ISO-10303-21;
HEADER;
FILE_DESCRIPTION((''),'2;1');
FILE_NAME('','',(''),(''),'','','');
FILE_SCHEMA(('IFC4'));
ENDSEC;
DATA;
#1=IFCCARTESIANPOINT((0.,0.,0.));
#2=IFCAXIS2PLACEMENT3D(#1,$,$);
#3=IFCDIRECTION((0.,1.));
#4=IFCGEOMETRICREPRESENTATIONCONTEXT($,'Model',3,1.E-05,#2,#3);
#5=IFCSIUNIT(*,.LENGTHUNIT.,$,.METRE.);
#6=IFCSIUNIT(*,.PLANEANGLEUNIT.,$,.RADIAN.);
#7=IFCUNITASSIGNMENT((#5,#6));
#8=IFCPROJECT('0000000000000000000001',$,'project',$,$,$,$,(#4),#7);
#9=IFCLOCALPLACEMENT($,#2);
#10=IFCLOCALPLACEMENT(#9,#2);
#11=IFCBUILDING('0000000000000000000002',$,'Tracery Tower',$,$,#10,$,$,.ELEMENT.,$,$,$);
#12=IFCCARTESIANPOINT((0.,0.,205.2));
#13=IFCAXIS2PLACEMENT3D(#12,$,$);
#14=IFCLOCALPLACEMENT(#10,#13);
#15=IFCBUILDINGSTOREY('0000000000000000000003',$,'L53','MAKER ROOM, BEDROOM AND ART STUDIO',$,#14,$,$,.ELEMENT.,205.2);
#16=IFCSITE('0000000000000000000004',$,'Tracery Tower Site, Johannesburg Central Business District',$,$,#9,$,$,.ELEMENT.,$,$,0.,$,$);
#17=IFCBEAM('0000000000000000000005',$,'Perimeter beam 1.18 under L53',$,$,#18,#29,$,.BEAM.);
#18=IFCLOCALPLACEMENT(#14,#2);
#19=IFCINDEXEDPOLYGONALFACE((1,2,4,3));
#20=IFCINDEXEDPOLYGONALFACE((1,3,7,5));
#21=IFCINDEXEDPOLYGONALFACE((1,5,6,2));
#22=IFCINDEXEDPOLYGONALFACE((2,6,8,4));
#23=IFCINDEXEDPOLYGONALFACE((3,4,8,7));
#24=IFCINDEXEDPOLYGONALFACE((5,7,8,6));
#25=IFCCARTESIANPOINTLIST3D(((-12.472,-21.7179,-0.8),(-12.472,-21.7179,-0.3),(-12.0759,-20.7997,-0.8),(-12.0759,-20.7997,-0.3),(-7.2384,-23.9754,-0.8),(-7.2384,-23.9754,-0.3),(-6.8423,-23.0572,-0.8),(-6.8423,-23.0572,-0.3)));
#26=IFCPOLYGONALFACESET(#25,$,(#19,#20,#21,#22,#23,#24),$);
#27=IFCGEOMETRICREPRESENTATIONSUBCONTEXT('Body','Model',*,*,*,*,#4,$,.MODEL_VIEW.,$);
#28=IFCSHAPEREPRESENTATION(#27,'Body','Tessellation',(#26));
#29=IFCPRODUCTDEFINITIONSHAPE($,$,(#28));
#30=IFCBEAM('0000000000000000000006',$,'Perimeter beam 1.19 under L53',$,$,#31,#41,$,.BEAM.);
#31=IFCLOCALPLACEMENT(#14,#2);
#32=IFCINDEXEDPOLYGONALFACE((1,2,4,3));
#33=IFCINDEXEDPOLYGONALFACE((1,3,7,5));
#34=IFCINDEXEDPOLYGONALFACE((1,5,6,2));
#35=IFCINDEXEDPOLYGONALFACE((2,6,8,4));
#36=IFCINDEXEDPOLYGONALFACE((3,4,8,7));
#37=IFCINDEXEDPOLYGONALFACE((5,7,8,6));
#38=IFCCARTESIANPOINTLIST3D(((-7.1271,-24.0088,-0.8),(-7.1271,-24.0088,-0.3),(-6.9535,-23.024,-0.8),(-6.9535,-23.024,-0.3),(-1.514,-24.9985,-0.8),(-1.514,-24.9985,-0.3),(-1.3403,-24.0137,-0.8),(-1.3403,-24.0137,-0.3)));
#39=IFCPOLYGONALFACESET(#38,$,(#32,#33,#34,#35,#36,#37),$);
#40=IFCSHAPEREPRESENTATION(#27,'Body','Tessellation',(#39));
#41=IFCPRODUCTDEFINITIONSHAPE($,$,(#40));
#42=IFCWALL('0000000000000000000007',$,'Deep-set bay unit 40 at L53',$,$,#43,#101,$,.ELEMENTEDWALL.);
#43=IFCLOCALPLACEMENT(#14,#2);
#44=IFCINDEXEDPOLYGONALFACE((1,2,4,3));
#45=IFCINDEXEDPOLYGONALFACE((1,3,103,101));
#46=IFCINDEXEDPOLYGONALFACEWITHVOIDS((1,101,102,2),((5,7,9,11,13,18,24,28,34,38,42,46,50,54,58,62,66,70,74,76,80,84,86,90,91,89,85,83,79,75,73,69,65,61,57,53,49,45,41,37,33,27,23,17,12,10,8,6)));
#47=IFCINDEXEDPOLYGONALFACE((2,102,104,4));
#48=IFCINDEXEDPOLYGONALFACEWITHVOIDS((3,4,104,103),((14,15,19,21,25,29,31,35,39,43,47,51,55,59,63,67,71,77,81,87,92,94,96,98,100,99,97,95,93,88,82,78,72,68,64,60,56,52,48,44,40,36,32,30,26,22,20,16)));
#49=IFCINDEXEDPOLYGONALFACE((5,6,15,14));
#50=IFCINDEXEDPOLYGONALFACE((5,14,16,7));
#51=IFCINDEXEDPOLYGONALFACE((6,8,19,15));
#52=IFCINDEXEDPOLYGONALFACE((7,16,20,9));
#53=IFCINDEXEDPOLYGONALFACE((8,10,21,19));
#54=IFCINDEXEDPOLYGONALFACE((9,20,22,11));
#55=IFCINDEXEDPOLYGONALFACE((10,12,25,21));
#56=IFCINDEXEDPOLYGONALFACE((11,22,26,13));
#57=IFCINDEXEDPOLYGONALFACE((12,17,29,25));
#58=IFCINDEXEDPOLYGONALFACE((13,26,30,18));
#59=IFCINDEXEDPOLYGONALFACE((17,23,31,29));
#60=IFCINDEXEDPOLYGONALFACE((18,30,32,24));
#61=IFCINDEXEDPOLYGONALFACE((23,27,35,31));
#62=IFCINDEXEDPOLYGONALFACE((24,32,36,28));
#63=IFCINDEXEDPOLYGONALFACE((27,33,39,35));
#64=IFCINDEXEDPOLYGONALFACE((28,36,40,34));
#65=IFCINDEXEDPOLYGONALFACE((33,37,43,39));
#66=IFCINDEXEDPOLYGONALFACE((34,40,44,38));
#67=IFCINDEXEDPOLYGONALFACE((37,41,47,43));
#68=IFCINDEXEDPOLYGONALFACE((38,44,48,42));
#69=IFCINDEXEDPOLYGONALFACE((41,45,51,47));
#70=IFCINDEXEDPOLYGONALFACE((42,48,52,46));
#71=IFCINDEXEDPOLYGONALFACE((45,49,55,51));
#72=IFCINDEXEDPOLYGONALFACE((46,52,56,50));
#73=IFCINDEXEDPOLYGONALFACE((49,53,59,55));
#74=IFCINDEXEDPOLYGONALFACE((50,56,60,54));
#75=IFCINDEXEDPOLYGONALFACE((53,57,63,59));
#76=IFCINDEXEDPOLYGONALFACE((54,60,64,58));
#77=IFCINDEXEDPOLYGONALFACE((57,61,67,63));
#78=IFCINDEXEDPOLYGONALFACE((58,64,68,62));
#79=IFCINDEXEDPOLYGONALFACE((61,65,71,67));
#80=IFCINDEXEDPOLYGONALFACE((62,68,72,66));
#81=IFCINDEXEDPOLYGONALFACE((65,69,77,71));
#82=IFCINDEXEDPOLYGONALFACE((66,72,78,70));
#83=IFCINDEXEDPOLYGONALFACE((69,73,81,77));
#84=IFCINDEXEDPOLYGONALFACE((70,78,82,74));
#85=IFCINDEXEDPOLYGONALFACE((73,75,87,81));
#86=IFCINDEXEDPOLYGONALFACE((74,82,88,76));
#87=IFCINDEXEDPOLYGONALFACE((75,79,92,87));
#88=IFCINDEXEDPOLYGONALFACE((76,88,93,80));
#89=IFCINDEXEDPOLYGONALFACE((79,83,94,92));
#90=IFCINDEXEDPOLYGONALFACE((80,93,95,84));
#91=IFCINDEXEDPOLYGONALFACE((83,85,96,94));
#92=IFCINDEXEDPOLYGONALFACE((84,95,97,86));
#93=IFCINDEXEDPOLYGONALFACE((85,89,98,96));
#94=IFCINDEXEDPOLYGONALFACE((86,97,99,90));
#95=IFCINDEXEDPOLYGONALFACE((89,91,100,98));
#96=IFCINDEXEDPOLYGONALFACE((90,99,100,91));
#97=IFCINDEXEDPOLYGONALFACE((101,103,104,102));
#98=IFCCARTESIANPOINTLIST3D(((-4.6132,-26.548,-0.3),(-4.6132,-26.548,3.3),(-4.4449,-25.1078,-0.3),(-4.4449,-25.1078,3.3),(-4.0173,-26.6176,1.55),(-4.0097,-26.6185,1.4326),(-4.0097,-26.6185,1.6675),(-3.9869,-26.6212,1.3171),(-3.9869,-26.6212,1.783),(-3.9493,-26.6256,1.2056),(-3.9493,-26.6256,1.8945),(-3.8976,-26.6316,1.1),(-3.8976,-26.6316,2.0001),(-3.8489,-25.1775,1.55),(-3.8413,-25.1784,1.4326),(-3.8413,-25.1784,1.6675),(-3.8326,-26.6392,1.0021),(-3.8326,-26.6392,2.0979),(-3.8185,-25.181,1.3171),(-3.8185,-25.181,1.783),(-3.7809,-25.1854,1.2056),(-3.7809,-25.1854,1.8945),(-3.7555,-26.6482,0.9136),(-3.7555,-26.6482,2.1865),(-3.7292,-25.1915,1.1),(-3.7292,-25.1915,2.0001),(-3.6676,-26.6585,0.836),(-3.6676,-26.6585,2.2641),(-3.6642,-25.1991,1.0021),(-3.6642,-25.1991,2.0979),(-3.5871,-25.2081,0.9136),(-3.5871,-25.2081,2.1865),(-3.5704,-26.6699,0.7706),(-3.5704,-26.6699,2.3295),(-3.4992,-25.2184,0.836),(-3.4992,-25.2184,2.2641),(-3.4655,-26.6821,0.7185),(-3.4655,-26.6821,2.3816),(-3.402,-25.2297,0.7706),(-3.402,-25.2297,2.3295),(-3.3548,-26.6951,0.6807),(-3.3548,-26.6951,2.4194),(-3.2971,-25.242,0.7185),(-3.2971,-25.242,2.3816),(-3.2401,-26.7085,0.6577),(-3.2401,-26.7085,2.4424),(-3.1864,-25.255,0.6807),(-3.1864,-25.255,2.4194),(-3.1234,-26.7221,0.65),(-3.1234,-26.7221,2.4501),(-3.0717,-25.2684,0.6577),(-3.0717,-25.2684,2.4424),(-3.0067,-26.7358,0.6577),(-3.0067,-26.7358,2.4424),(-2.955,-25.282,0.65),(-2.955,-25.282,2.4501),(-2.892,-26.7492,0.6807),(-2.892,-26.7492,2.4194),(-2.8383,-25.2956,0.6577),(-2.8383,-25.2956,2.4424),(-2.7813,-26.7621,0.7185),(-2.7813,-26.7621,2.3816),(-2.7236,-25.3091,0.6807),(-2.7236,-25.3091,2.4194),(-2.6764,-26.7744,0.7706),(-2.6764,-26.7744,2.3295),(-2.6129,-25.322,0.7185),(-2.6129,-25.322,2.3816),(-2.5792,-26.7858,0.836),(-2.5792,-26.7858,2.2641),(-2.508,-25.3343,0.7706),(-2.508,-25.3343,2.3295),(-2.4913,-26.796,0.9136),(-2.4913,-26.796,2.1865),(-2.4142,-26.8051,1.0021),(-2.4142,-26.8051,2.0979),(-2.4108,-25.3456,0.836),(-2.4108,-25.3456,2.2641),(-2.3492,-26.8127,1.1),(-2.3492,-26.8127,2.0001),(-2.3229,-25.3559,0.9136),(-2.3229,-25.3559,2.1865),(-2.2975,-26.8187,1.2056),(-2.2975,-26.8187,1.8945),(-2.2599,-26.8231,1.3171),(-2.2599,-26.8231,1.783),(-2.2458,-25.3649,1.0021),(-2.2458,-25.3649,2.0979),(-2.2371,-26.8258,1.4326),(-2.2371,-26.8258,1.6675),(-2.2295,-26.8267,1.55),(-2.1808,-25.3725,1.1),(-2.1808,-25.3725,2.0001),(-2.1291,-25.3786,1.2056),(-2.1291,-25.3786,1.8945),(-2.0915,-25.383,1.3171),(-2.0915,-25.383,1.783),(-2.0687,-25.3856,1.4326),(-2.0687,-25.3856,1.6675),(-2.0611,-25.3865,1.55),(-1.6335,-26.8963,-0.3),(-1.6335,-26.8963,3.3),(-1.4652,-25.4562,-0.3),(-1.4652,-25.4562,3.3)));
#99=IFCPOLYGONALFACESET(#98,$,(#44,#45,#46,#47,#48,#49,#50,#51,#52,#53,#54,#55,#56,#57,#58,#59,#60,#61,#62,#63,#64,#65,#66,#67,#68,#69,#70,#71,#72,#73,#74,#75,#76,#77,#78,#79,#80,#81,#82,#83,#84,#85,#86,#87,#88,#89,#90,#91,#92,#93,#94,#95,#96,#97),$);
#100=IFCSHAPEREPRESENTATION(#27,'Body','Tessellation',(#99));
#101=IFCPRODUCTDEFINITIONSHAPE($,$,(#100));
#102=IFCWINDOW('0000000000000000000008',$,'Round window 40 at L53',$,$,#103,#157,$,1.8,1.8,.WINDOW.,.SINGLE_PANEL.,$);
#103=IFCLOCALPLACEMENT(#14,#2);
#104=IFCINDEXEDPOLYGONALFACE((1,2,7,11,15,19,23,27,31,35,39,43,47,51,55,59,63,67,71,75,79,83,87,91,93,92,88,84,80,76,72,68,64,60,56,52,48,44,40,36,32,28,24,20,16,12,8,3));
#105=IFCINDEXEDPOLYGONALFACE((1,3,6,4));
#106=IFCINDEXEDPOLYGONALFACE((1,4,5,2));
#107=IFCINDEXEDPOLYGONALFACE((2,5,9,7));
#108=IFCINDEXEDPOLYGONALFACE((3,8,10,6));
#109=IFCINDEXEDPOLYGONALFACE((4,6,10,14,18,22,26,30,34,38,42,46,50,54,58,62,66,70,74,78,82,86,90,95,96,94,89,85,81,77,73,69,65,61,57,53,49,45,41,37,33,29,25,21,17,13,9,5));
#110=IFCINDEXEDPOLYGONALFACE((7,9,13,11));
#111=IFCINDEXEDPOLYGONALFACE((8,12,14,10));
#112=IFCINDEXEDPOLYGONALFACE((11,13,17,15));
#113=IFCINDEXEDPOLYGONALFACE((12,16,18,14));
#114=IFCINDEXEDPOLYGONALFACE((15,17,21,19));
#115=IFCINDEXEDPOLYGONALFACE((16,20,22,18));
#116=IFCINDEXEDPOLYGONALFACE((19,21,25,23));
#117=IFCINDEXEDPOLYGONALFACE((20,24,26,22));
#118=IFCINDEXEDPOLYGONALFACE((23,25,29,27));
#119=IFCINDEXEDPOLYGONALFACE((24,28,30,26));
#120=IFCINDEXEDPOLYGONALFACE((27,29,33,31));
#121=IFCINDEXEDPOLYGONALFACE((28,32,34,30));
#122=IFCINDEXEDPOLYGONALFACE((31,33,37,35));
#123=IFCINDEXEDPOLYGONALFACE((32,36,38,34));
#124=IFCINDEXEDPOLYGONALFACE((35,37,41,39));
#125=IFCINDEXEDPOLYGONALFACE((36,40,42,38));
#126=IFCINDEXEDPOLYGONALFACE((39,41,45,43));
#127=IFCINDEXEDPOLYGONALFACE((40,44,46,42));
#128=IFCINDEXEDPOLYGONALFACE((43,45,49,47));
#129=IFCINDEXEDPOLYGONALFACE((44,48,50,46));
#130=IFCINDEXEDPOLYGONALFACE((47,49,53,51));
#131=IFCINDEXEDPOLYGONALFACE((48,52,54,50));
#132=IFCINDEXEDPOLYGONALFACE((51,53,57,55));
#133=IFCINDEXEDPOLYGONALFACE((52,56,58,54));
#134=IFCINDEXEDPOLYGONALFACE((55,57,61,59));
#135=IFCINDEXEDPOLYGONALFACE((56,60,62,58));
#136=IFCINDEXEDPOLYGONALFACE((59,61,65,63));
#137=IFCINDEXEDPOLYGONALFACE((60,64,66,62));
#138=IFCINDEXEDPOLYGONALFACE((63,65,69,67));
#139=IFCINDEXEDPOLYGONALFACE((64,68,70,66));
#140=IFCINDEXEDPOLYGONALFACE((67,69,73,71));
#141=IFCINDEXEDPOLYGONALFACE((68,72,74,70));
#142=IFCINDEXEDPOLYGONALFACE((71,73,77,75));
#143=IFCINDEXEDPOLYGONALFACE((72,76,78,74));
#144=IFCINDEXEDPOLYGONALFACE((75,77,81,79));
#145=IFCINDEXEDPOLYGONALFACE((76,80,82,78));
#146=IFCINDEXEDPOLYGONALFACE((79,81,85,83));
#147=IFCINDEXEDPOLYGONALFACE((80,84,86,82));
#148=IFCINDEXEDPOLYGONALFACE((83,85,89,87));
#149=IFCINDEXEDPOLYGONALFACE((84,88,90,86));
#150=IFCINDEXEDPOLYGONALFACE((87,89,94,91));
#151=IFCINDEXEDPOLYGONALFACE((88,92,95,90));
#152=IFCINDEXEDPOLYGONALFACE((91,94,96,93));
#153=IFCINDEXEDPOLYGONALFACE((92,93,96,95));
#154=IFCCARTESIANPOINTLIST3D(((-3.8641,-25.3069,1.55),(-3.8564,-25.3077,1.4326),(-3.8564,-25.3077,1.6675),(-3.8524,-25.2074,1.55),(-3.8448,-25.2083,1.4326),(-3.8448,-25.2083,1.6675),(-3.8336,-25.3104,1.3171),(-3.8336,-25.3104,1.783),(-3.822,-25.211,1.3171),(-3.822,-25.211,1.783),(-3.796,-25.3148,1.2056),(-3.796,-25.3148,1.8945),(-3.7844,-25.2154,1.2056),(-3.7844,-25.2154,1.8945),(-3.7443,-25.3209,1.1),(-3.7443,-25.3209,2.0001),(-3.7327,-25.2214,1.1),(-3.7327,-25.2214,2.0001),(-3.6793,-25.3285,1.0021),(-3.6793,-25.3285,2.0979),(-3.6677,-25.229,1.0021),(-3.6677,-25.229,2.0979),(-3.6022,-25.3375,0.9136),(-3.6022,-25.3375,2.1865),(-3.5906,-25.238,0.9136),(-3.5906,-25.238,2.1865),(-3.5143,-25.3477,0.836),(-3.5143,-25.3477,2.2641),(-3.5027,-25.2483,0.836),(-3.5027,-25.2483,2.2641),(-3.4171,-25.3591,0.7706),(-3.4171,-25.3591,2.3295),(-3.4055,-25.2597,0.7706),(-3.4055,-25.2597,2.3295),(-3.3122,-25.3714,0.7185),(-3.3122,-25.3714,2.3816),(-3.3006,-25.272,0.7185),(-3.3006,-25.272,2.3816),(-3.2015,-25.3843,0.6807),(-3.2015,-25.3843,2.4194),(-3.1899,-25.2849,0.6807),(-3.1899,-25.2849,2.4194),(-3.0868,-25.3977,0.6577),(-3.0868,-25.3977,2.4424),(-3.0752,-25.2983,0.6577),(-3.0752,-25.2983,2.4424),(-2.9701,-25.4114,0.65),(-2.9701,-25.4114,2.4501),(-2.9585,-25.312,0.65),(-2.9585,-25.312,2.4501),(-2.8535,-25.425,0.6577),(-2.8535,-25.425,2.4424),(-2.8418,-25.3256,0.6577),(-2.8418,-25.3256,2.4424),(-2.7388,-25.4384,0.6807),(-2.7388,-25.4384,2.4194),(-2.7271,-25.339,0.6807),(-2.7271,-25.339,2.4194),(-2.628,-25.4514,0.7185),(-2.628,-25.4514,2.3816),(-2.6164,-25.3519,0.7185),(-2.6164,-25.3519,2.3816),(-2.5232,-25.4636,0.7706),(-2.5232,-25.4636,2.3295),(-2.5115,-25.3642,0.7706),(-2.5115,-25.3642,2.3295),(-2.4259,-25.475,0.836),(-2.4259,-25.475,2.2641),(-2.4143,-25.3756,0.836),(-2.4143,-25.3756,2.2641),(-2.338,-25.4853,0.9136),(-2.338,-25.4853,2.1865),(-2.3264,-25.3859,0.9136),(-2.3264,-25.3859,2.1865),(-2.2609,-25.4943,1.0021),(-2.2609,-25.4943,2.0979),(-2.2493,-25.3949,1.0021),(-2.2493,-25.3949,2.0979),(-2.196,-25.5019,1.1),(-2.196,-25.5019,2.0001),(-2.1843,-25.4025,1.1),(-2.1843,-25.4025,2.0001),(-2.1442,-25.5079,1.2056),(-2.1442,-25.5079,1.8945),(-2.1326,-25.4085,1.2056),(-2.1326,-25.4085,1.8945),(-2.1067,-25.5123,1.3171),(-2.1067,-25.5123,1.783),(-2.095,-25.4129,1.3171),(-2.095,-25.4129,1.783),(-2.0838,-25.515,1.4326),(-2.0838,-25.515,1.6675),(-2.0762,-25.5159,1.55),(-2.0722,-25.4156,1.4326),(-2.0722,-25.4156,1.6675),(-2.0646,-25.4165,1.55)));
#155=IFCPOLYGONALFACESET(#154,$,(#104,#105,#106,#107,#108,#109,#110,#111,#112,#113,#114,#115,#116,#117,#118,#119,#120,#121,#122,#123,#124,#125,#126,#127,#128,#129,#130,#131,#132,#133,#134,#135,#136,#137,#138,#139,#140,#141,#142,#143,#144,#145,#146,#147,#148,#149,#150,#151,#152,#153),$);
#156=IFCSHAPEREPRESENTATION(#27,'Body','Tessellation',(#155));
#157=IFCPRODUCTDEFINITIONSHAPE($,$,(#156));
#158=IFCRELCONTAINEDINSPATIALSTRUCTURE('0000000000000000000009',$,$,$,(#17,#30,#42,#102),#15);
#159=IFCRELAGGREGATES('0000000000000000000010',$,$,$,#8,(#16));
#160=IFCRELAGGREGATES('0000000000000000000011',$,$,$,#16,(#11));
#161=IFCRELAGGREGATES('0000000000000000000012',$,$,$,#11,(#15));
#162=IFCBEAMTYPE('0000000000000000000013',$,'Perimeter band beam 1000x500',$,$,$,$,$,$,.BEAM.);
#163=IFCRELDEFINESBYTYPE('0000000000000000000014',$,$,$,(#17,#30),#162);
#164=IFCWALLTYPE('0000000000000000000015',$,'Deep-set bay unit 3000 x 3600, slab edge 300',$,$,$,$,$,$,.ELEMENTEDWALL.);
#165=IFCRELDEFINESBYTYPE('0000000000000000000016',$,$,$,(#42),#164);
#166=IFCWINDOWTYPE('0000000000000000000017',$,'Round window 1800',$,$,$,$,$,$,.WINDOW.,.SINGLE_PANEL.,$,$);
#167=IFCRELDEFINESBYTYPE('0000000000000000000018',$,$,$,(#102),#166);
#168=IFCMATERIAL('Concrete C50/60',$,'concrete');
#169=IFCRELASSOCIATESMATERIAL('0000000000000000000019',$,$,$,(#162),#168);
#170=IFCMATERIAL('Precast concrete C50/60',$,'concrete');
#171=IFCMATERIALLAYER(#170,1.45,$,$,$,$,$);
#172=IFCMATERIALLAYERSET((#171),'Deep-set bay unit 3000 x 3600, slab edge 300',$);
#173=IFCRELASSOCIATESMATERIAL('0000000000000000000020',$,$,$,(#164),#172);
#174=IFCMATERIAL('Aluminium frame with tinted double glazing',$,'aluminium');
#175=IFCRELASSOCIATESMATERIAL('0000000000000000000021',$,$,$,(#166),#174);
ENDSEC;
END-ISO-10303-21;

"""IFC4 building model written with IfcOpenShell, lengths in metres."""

from ifc_helpers import new_model, si_unit, direction, frame, frame_2d, origin, origin_2d, place, context, subcontext, project, spatial, rectangle, circle, extrude, material, layer, layer_set, material_profile, profile_set, type_object, element, fill, save


model = new_model("IFC4")

# Units and contexts
model_context = context("Model", 3, precision=1e-05, world=origin(), true_north=direction((0.0, 1.0)))
body_context = subcontext(model_context, "Body", "Model", "MODEL_VIEW")
ifc_project = project(units=[si_unit("LENGTHUNIT", "METRE"), si_unit("PLANEANGLEUNIT", "RADIAN")], contexts=[model_context])

# Site, building, storey
site_placement = place(None, origin())
site = spatial("IfcSite", under=ifc_project, at=site_placement, Name="Tracery Tower Site, Johannesburg Central Business District", CompositionType="ELEMENT", RefElevation=0.0)
building_placement = place(site_placement, origin())
building = spatial("IfcBuilding", under=site, at=building_placement, Name="Tracery Tower", CompositionType="ELEMENT")
storey_placement = place(building_placement, frame((0.0, 0.0, 205.2)))
storey = spatial("IfcBuildingStorey", under=building, at=storey_placement, Name="L53", Description="MAKER ROOM, BEDROOM AND ART STUDIO", CompositionType="ELEMENT", Elevation=205.2)

# Beams
ifc_material_1 = material(Name="Concrete C50/60", Category="concrete")
ifc_material_profile_1 = material_profile(ifc_material_1, rectangle(XDim=1.0, YDim=0.5, at=origin_2d()), Name="RC 1000x500")
ifc_profile_set_1 = profile_set([ifc_material_profile_1], Name="Concrete C50/60")
beam_type = type_object("IfcBeamType", Name="Perimeter band beam 1000x500", PredefinedType="BEAM", material=ifc_profile_set_1)
for number, where, z_axis, x_axis, name in (
    (1, (-12.2739, -21.2588, -0.55), (0.918216, -0.396079, 0.0), (0.396079, 0.918216, 0.0), "Perimeter beam 1.18 under L53"),
    (2, (-7.0403, -23.5164, -0.55), (0.984807, -0.173651, 0.0), (0.173651, 0.984807, 0.0), "Perimeter beam 1.19 under L53"),
):
    element("IfcBeam", number, at=place(storey_placement, frame(where, z_axis=z_axis, x_axis=x_axis)), inside=storey, type_object=beam_type, Name=name, PredefinedType="BEAM", context=body_context, shape_type="SweptSolid", body=[
        extrude(rectangle(XDim=1.0, YDim=0.5, at=origin_2d()), origin(), (0.0, 0.0, 1.0), 5.6997),
    ])

# Wall, opening, window
ifc_material_2 = material(Name="Precast concrete C50/60", Category="concrete")
ifc_layer_1 = layer(ifc_material_2, 1.45)
ifc_layer_set_1 = layer_set([ifc_layer_1], Name="Deep-set bay unit 3000 x 3600, slab edge 300")
wall_type_1 = type_object("IfcWallType", Name="Deep-set bay unit 3000 x 3600, slab edge 300", PredefinedType="ELEMENTEDWALL", material=ifc_layer_set_1)
wall_1_placement = place(storey_placement, frame((-4.5291, -25.8279, -0.3), z_axis=(0.0, 0.0, 1.0), x_axis=(0.993234, -0.116128, 0.0)))
wall_1 = element("IfcWall", 3, at=wall_1_placement, inside=storey, type_object=wall_type_1, Name="Deep-set bay unit 40 at L53", PredefinedType="ELEMENTEDWALL", context=body_context, shape_type="SweptSolid", body=[
    extrude(rectangle(XDim=3.0, YDim=1.45, at=frame_2d((1.5, 0.0))), origin(), (0.0, 0.0, 1.0), 3.6001),
])
opening_1_placement = place(wall_1_placement, frame((1.5, 0.0, 1.8501)))
opening_1 = element("IfcOpeningElement", 4, at=opening_1_placement, cuts=wall_1, PredefinedType="OPENING", context=body_context, shape_type="SweptSolid", body=[
    extrude(circle(Radius=0.9, at=origin_2d()), frame((0.0, 0.7349, 0.0), z_axis=(0.0, -1.0, 0.0), x_axis=(1.0, 0.0, 0.0)), (0.0, 0.0, 1.0), 1.47),
])
ifc_material_3 = material(Name="Aluminium frame with tinted double glazing", Category="aluminium")
window_type = type_object("IfcWindowType", Name="Round window 1800", PartitioningType="SINGLE_PANEL", PredefinedType="WINDOW", material=ifc_material_3)
window_1_placement = place(opening_1_placement, origin())
window_1 = element("IfcWindow", 5, at=window_1_placement, inside=storey, type_object=window_type, Name="Round window 40 at L53", OverallHeight=1.8, OverallWidth=1.8, PartitioningType="SINGLE_PANEL", PredefinedType="WINDOW", context=body_context, shape_type="SweptSolid", body=[
    extrude(circle(Radius=0.9, at=origin_2d()), frame((0.0, 0.6948, 0.0), z_axis=(0.0, -1.0, 0.0), x_axis=(1.0, 0.0, 0.0)), (0.0, 0.0, 1.0), 0.1001),
])
fill(opening_1, window_1)

save(model, "model.ifc")
